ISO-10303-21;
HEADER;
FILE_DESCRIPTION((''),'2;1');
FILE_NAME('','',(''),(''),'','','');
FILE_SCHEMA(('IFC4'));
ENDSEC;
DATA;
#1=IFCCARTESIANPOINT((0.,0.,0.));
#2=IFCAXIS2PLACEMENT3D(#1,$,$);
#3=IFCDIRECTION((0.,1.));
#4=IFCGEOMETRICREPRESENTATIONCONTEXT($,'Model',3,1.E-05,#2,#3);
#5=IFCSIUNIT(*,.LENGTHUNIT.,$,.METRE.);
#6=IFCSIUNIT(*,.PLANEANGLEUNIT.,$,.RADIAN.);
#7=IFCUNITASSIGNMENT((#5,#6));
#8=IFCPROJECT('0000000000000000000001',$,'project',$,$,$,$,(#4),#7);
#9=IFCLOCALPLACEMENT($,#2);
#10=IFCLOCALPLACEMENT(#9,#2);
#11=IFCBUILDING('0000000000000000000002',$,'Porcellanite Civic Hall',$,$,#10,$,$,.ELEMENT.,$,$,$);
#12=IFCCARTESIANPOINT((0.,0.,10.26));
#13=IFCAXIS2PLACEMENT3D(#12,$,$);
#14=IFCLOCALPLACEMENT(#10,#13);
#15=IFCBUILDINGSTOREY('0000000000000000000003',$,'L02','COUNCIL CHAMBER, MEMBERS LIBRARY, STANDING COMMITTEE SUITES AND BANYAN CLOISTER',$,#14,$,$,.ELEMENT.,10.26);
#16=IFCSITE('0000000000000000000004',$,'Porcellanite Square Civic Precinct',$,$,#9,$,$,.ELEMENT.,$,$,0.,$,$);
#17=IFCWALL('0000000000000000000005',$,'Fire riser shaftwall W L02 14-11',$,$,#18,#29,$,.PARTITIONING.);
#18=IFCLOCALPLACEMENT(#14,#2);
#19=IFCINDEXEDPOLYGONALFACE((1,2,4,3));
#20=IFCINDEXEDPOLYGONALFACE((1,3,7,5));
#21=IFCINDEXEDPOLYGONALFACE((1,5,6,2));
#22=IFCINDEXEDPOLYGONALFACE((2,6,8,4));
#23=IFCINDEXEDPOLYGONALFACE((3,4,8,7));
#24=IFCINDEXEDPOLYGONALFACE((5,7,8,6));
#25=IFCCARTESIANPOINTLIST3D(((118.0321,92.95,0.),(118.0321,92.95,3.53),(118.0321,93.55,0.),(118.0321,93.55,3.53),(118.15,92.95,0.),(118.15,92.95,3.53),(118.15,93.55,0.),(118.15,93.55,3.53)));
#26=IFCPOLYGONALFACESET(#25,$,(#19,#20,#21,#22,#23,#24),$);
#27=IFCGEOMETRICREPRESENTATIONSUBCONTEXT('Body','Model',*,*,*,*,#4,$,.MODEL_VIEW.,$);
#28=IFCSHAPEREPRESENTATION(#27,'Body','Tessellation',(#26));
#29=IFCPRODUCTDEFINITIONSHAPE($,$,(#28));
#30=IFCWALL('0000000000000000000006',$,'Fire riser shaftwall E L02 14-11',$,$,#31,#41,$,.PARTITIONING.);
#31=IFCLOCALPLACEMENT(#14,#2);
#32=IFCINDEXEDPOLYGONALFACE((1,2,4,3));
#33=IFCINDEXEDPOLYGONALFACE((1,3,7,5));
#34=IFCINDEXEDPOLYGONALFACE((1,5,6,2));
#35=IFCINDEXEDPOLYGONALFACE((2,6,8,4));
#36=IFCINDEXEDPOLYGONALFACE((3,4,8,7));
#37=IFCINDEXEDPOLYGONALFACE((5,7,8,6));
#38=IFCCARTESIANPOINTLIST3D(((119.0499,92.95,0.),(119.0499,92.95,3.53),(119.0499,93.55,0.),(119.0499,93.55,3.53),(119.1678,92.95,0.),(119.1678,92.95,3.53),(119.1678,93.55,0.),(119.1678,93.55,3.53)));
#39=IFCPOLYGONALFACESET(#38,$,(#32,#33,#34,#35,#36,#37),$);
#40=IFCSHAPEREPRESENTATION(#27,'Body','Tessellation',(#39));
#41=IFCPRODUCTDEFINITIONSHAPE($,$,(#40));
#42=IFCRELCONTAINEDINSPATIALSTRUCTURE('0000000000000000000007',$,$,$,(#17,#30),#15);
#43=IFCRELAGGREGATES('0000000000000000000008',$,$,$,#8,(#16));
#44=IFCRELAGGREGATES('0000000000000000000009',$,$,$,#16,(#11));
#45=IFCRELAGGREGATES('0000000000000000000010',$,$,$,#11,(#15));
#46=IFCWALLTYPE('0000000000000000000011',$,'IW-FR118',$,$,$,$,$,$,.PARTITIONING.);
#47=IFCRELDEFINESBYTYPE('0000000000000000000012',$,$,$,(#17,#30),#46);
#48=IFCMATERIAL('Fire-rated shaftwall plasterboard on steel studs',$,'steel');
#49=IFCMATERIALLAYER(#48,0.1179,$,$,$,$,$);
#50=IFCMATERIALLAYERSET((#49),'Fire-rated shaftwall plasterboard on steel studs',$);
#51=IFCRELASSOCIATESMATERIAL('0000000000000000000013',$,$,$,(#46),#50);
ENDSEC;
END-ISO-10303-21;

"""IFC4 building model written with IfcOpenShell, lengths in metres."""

from ifc_helpers import new_model, si_unit, direction, frame, frame_2d, origin, place, context, subcontext, project, spatial, rectangle, extrude, material, layer, layer_set, type_object, element, save


model = new_model("IFC4")

# Units and contexts
model_context = context("Model", 3, precision=1e-05, world=origin(), true_north=direction((0.0, 1.0)))
body_context = subcontext(model_context, "Body", "Model", "MODEL_VIEW")
ifc_project = project(units=[si_unit("LENGTHUNIT", "METRE"), si_unit("PLANEANGLEUNIT", "RADIAN")], contexts=[model_context])

# Site, building, storey
site_placement = place(None, origin())
site = spatial("IfcSite", under=ifc_project, at=site_placement, Name="Porcellanite Square Civic Precinct", CompositionType="ELEMENT", RefElevation=0.0)
building_placement = place(site_placement, origin())
building = spatial("IfcBuilding", under=site, at=building_placement, Name="Porcellanite Civic Hall", CompositionType="ELEMENT")
storey_placement = place(building_placement, frame((0.0, 0.0, 10.26)))
storey = spatial("IfcBuildingStorey", under=building, at=storey_placement, Name="L02", Description="COUNCIL CHAMBER, MEMBERS LIBRARY, STANDING COMMITTEE SUITES AND BANYAN CLOISTER", CompositionType="ELEMENT", Elevation=10.26)

# Walls
ifc_material_1 = material(Name="Fire-rated shaftwall plasterboard on steel studs", Category="steel")
ifc_layer_1 = layer(ifc_material_1, 0.1179)
ifc_layer_set_1 = layer_set([ifc_layer_1], Name="Fire-rated shaftwall plasterboard on steel studs")
wall_type = type_object("IfcWallType", Name="IW-FR118", PredefinedType="PARTITIONING", material=ifc_layer_set_1)
for number, where, z_axis, x_axis, name in (
    (1, (118.0911, 92.95, 0.0), (0.0, 0.0, 1.0), (0.0, 1.0, 0.0), "Fire riser shaftwall W L02 14-11"),
    (2, (119.1089, 92.95, 0.0), (0.0, 0.0, 1.0), (0.0, 1.0, 0.0), "Fire riser shaftwall E L02 14-11"),
):
    element("IfcWall", number, at=place(storey_placement, frame(where, z_axis=z_axis, x_axis=x_axis)), inside=storey, type_object=wall_type, Name=name, PredefinedType="PARTITIONING", context=body_context, shape_type="SweptSolid", body=[
        extrude(rectangle(XDim=0.6001, YDim=0.1179, at=frame_2d((0.3, 0.0))), origin(), (0.0, 0.0, 1.0), 3.53),
    ])

save(model, "model.ifc")
